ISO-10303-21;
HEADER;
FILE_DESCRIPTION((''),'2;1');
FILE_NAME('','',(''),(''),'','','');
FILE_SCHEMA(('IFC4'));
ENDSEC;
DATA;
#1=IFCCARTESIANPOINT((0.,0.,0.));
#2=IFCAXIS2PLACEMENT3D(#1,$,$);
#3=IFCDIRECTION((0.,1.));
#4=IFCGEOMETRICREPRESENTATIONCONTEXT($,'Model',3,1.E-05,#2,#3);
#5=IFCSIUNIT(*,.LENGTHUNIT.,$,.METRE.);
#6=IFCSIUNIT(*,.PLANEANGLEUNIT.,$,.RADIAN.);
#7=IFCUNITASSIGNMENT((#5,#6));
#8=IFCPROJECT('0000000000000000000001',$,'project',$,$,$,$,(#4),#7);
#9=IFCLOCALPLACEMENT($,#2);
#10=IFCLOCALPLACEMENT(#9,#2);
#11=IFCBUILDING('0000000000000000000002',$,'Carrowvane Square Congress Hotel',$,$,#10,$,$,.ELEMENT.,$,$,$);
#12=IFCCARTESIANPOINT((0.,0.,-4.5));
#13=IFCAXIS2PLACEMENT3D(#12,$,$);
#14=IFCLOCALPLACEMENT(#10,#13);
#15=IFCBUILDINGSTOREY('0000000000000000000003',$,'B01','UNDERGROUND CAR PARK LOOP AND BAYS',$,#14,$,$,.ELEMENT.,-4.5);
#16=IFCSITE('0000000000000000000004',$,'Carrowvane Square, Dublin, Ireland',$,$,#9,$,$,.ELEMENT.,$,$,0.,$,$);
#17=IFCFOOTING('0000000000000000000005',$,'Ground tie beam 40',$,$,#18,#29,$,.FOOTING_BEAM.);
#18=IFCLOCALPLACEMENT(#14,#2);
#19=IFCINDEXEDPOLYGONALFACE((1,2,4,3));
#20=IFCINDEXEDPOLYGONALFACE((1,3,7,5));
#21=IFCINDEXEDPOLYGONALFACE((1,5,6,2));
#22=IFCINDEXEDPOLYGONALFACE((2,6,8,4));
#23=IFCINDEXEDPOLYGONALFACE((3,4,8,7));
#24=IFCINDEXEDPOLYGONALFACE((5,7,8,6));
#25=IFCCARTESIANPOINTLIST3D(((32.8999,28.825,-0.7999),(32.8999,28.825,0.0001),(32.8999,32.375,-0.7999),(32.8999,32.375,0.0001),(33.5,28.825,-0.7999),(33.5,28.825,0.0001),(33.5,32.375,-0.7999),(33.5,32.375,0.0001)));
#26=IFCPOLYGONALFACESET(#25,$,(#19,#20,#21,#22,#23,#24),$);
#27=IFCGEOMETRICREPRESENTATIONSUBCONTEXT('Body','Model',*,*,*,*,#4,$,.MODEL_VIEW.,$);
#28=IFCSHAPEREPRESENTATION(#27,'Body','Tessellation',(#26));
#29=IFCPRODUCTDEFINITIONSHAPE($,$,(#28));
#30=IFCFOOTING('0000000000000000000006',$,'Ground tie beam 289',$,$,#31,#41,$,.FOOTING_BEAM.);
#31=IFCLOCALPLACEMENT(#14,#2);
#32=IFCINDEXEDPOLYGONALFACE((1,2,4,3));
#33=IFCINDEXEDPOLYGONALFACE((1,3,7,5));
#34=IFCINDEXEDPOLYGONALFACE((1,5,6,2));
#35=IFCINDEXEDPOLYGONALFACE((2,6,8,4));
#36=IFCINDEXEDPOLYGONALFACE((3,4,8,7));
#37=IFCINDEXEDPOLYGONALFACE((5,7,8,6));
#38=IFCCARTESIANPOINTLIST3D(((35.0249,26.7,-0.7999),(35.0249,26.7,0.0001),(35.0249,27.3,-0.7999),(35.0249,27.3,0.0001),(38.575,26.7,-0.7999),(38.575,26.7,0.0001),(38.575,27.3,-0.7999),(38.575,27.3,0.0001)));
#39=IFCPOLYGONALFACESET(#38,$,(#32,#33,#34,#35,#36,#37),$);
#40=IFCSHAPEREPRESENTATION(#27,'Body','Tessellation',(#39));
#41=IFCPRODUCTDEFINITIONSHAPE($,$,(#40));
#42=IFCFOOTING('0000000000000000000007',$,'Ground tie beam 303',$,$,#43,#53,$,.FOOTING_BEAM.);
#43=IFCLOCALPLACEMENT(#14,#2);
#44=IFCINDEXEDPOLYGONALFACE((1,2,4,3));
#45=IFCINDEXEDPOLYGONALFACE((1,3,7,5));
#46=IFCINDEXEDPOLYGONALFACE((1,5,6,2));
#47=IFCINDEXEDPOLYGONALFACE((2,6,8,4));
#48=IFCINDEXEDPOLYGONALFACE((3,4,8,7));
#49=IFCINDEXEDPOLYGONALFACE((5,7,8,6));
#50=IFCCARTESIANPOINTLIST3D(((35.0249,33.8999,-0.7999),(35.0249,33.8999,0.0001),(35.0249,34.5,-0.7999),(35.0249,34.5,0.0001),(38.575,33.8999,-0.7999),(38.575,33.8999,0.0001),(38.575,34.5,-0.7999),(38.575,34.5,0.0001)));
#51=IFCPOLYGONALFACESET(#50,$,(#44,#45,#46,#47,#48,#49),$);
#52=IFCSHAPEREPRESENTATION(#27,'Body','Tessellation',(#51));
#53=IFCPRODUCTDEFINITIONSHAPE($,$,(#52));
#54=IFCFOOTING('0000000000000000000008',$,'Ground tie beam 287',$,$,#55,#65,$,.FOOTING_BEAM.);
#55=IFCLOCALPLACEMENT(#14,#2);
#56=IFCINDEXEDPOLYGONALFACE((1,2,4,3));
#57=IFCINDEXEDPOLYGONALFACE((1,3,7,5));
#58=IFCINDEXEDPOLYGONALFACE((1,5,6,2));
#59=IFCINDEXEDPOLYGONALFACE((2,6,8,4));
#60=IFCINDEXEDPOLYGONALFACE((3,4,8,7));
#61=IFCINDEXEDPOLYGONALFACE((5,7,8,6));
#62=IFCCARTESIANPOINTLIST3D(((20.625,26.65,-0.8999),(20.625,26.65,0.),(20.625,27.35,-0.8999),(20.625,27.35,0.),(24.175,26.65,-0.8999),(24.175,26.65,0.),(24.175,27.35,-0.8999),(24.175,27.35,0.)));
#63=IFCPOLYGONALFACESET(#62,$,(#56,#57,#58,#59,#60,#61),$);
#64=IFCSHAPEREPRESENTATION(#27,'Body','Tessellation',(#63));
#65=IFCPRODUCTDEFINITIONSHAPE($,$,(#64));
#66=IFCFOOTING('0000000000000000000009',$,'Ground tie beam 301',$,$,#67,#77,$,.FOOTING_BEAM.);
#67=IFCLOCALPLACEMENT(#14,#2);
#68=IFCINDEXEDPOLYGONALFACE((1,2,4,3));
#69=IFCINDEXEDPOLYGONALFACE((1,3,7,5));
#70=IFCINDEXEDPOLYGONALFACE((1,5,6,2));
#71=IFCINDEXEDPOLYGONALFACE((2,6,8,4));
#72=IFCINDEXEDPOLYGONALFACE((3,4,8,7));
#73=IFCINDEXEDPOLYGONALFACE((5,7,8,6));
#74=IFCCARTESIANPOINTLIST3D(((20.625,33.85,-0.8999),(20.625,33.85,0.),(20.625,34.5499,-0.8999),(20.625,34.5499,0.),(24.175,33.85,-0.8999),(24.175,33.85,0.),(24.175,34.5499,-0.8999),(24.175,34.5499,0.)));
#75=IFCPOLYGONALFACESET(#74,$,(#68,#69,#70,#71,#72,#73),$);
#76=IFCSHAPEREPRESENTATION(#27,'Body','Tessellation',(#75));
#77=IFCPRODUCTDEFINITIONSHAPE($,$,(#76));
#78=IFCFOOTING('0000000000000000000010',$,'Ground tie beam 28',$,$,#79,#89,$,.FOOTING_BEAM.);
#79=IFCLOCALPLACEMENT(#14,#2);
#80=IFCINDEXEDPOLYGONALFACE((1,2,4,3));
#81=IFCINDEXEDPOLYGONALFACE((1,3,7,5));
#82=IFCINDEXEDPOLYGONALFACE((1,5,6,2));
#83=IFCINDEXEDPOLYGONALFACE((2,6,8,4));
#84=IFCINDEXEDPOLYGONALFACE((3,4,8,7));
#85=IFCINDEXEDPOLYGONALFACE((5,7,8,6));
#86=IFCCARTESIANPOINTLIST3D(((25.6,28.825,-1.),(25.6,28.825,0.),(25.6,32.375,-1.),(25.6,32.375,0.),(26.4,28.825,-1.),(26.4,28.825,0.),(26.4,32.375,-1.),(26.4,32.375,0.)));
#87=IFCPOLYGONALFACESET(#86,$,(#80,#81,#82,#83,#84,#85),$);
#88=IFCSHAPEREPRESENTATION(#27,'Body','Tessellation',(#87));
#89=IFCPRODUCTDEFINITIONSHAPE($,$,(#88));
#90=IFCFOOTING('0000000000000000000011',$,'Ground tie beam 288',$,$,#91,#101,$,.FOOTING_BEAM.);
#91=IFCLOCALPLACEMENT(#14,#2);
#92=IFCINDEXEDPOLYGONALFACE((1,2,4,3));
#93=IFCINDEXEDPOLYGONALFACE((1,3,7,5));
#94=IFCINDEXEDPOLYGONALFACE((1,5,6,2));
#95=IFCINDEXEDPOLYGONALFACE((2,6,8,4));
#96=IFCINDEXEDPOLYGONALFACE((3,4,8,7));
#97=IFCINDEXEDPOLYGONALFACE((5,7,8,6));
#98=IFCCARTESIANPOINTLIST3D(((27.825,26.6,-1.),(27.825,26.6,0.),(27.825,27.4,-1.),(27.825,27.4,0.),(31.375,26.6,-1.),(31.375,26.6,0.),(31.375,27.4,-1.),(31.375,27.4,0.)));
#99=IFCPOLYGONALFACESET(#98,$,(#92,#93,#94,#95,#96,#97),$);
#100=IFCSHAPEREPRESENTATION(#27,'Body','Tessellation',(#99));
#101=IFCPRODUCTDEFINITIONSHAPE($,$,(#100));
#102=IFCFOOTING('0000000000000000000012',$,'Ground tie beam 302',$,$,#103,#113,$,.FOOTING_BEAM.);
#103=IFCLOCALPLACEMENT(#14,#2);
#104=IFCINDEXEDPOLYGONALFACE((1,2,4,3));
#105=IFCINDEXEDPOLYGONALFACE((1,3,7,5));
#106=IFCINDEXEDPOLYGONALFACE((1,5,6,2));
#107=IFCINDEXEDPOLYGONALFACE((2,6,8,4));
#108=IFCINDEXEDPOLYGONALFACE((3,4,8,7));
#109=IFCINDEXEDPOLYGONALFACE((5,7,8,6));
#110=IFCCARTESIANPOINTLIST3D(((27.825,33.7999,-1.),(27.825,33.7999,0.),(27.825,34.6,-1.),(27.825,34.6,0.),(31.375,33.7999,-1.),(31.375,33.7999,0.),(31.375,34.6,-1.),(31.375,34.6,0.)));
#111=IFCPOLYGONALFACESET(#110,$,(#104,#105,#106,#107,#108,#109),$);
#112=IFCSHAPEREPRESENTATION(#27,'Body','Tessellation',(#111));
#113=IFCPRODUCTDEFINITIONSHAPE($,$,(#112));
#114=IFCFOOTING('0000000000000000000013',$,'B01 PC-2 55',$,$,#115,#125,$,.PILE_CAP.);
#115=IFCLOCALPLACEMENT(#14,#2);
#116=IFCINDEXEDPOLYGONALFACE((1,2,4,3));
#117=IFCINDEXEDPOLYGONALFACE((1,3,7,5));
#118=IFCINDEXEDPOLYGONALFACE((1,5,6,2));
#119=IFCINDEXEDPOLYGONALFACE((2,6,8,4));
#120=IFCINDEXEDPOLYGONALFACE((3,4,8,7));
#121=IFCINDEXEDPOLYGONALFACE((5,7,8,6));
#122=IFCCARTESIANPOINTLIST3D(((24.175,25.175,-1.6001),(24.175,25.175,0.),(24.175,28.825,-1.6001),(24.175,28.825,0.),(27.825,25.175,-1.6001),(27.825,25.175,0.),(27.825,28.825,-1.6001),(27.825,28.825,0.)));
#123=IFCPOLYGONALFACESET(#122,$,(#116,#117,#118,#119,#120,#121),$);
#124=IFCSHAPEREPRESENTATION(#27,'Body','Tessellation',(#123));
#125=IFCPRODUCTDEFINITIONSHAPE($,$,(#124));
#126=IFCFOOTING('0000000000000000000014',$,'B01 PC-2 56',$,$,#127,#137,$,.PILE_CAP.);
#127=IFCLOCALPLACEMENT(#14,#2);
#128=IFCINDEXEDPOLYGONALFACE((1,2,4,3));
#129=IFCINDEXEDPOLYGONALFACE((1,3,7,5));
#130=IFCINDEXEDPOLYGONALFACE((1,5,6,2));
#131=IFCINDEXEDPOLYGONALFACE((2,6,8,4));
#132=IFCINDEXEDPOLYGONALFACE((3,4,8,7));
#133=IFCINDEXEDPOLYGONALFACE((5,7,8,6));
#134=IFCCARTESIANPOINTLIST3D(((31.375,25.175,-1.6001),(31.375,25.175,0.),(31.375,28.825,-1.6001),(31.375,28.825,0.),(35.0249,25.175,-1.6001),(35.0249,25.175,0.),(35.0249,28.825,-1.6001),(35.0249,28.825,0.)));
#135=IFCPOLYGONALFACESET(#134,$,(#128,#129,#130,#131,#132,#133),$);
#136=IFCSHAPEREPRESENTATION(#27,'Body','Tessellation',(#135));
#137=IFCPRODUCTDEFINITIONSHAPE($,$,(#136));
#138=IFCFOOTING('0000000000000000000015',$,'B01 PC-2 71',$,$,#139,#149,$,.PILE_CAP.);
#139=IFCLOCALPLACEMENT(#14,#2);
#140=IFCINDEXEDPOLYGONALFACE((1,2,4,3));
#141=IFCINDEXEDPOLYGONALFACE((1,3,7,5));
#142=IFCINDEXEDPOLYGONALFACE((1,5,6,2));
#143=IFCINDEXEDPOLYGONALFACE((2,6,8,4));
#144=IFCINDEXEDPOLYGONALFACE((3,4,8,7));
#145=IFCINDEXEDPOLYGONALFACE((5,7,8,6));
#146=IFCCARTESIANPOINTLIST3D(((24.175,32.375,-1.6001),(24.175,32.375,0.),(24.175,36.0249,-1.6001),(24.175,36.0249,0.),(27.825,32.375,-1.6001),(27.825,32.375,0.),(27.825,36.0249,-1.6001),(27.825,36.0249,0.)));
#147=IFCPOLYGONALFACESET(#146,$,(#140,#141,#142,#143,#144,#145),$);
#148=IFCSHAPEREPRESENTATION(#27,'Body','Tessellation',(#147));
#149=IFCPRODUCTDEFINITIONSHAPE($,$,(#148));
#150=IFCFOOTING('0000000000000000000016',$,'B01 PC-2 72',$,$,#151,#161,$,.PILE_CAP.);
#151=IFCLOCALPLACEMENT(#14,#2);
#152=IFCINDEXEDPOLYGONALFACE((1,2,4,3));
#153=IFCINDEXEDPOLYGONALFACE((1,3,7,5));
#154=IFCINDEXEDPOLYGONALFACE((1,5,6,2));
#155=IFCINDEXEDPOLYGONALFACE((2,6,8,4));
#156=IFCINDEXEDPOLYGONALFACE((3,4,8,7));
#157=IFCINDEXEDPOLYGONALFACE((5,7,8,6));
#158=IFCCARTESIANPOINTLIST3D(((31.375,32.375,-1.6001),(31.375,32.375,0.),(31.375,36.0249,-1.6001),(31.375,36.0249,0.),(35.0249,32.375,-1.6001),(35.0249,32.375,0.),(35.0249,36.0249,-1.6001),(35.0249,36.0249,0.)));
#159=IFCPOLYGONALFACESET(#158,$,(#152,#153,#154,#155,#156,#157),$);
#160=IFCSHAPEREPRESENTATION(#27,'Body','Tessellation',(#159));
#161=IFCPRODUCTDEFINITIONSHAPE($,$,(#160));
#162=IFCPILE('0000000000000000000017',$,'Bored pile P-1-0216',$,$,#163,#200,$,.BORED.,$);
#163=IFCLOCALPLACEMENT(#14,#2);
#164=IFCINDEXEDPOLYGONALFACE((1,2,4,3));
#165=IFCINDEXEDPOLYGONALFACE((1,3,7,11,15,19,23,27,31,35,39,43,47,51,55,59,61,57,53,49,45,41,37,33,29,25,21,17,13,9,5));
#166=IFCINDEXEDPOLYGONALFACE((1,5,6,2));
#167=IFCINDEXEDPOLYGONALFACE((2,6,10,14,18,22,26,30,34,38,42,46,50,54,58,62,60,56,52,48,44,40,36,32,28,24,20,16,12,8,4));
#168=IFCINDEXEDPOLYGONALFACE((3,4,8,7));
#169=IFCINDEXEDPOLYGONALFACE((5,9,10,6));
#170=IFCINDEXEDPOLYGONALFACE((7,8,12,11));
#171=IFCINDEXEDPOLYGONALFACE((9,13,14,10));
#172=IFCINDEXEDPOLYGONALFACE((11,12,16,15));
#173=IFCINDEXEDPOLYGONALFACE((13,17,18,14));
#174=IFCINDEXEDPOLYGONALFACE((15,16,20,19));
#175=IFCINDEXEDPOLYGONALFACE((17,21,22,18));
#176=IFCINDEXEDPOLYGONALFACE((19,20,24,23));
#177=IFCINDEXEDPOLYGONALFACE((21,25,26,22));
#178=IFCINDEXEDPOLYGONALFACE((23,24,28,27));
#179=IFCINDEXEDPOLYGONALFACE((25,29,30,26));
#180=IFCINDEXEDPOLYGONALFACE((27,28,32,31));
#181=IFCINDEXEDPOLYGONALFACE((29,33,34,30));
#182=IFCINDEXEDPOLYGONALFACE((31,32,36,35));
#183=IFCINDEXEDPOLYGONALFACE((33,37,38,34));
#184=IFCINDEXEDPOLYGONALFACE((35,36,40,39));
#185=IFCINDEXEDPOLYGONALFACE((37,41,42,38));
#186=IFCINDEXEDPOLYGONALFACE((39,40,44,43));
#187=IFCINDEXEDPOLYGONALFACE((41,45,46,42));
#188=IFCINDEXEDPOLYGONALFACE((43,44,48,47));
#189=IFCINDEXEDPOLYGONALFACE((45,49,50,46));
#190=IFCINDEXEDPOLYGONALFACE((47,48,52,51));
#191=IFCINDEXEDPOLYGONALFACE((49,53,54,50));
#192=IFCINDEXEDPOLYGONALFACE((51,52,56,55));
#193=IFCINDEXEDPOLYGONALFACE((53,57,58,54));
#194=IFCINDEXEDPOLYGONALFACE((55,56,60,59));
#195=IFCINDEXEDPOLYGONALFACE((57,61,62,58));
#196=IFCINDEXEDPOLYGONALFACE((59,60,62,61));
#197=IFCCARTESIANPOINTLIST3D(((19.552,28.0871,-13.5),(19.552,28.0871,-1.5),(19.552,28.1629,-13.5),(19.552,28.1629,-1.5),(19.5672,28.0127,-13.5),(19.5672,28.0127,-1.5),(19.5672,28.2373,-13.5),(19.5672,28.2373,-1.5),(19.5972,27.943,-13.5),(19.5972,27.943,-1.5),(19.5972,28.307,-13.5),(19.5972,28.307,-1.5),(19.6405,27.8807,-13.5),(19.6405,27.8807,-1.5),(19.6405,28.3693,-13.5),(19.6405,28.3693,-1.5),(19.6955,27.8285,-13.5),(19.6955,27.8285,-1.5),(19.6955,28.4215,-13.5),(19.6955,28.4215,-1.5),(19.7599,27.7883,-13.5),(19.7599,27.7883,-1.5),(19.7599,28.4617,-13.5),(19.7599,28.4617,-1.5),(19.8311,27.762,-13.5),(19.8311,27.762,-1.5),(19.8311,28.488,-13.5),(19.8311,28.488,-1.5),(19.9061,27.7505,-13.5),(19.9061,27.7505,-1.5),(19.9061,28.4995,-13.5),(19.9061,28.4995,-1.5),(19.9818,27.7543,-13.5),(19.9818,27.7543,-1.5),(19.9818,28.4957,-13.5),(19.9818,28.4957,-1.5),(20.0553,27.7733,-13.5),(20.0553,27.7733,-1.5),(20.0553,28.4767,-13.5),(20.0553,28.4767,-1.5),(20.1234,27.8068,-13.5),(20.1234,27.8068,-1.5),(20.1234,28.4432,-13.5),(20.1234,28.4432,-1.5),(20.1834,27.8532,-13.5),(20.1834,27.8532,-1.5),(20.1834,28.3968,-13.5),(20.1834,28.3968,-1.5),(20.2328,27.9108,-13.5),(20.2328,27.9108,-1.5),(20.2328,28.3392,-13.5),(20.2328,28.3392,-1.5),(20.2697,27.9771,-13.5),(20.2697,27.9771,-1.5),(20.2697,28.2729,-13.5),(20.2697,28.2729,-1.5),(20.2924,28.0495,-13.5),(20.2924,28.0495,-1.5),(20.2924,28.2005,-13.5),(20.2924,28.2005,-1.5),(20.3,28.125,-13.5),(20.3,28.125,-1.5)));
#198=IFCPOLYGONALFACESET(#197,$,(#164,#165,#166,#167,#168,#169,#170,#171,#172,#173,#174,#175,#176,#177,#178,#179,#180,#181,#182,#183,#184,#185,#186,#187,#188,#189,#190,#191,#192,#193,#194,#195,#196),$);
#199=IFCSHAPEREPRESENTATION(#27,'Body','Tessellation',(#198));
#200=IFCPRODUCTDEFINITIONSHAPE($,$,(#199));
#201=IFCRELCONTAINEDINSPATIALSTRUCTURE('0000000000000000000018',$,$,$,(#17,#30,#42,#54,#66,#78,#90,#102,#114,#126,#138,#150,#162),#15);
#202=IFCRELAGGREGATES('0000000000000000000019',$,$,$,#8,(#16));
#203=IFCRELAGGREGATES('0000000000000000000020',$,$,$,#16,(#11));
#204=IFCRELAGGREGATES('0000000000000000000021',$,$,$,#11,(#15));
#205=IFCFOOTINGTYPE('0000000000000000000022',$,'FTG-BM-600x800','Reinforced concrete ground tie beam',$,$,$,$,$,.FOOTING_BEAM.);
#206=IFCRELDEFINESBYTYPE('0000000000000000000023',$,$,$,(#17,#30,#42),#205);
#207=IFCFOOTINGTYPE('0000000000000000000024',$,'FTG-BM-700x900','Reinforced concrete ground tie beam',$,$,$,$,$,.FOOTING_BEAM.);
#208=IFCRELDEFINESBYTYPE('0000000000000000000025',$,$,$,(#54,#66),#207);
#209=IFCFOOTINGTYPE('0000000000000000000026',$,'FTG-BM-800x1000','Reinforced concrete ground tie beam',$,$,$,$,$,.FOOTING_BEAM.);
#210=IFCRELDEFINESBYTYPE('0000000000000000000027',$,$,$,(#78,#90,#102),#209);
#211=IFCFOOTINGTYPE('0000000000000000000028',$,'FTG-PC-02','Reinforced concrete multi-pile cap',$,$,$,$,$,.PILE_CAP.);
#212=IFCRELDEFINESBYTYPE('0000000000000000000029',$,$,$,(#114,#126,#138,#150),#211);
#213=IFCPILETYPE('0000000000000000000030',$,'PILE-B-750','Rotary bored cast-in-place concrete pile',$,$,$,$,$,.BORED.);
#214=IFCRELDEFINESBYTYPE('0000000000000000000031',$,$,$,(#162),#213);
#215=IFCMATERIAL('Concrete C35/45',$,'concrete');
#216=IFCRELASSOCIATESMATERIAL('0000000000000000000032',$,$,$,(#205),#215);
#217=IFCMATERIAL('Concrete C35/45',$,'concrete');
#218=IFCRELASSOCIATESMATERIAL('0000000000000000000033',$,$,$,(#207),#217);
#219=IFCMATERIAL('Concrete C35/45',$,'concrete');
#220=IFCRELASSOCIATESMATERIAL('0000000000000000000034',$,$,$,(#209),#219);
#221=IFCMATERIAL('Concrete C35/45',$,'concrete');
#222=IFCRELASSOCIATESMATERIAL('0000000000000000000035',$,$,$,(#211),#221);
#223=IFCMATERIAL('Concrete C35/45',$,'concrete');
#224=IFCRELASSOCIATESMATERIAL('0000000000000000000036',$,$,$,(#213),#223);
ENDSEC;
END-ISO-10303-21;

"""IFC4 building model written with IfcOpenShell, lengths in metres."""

from ifc_helpers import new_model, si_unit, direction, frame, origin, origin_2d, place, context, subcontext, project, spatial, rectangle, circle, extrude, material, material_profile, profile_set, type_object, element, save


model = new_model("IFC4")

# Units and contexts
model_context = context("Model", 3, precision=1e-05, world=origin(), true_north=direction((0.0, 1.0)))
body_context = subcontext(model_context, "Body", "Model", "MODEL_VIEW")
ifc_project = project(units=[si_unit("LENGTHUNIT", "METRE"), si_unit("PLANEANGLEUNIT", "RADIAN")], contexts=[model_context])

# Site, building, storey
site_placement = place(None, origin())
site = spatial("IfcSite", under=ifc_project, at=site_placement, Name="Carrowvane Square, Dublin, Ireland", CompositionType="ELEMENT", RefElevation=0.0)
building_placement = place(site_placement, origin())
building = spatial("IfcBuilding", under=site, at=building_placement, Name="Carrowvane Square Congress Hotel", CompositionType="ELEMENT")
storey_placement = place(building_placement, frame((0.0, 0.0, -4.5)))
storey = spatial("IfcBuildingStorey", under=building, at=storey_placement, Name="B01", Description="UNDERGROUND CAR PARK LOOP AND BAYS", CompositionType="ELEMENT", Elevation=-4.5)

# Footings
ifc_material_1 = material(Name="Concrete C35/45", Category="concrete")
ifc_material_profile_1 = material_profile(ifc_material_1, rectangle(XDim=0.6001, YDim=0.8, at=origin_2d()), Name="RC 600x800")
ifc_profile_set_1 = profile_set([ifc_material_profile_1], Name="Concrete C35/45")
footing_type_1 = type_object("IfcFootingType", Name="FTG-BM-600x800", Description="Reinforced concrete ground tie beam", PredefinedType="FOOTING_BEAM", material=ifc_profile_set_1)
for number, where, z_axis, x_axis, name in (
    (1, (33.2, 28.825, -0.3999), (0.0, 1.0, 0.0), (-1.0, 0.0, 0.0), "Ground tie beam 40"),
    (2, (35.0249, 27.0, -0.3999), (1.0, 0.0, 0.0), (0.0, 1.0, 0.0), "Ground tie beam 289"),
    (3, (35.0249, 34.2, -0.3999), (1.0, 0.0, 0.0), (0.0, 1.0, 0.0), "Ground tie beam 303"),
):
    element("IfcFooting", number, at=place(storey_placement, frame(where, z_axis=z_axis, x_axis=x_axis)), inside=storey, type_object=footing_type_1, Name=name, PredefinedType="FOOTING_BEAM", context=body_context, shape_type="SweptSolid", body=[
        extrude(rectangle(XDim=0.6001, YDim=0.8, at=origin_2d()), origin(), (0.0, 0.0, 1.0), 3.55),
    ])
ifc_material_2 = material(Name="Concrete C35/45", Category="concrete")
ifc_material_profile_2 = material_profile(ifc_material_2, rectangle(XDim=0.7, YDim=0.8999, at=origin_2d()), Name="RC 700x900")
ifc_profile_set_2 = profile_set([ifc_material_profile_2], Name="Concrete C35/45")
footing_type_2 = type_object("IfcFootingType", Name="FTG-BM-700x900", Description="Reinforced concrete ground tie beam", PredefinedType="FOOTING_BEAM", material=ifc_profile_set_2)
for number, where, z_axis, x_axis, name in (
    (4, (20.625, 27.0, -0.45), (1.0, 0.0, 0.0), (0.0, 1.0, 0.0), "Ground tie beam 287"),
    (5, (20.625, 34.2, -0.45), (1.0, 0.0, 0.0), (0.0, 1.0, 0.0), "Ground tie beam 301"),
):
    element("IfcFooting", number, at=place(storey_placement, frame(where, z_axis=z_axis, x_axis=x_axis)), inside=storey, type_object=footing_type_2, Name=name, PredefinedType="FOOTING_BEAM", context=body_context, shape_type="SweptSolid", body=[
        extrude(rectangle(XDim=0.7, YDim=0.8999, at=origin_2d()), origin(), (0.0, 0.0, 1.0), 3.55),
    ])
ifc_material_3 = material(Name="Concrete C35/45", Category="concrete")
ifc_material_profile_3 = material_profile(ifc_material_3, rectangle(XDim=0.8, YDim=1.0, at=origin_2d()), Name="RC 800x1000")
ifc_profile_set_3 = profile_set([ifc_material_profile_3], Name="Concrete C35/45")
footing_type_3 = type_object("IfcFootingType", Name="FTG-BM-800x1000", Description="Reinforced concrete ground tie beam", PredefinedType="FOOTING_BEAM", material=ifc_profile_set_3)
for number, where, z_axis, x_axis, name in (
    (6, (26.0, 28.825, -0.5), (0.0, 1.0, 0.0), (-1.0, 0.0, 0.0), "Ground tie beam 28"),
    (7, (27.825, 27.0, -0.5), (1.0, 0.0, 0.0), (0.0, 1.0, 0.0), "Ground tie beam 288"),
    (8, (27.825, 34.2, -0.5), (1.0, 0.0, 0.0), (0.0, 1.0, 0.0), "Ground tie beam 302"),
):
    element("IfcFooting", number, at=place(storey_placement, frame(where, z_axis=z_axis, x_axis=x_axis)), inside=storey, type_object=footing_type_3, Name=name, PredefinedType="FOOTING_BEAM", context=body_context, shape_type="SweptSolid", body=[
        extrude(rectangle(XDim=0.8, YDim=1.0, at=origin_2d()), origin(), (0.0, 0.0, 1.0), 3.55),
    ])
ifc_material_4 = material(Name="Concrete C35/45", Category="concrete")
footing_type_4 = type_object("IfcFootingType", Name="FTG-PC-02", Description="Reinforced concrete multi-pile cap", PredefinedType="PILE_CAP", material=ifc_material_4)
for number, where, z_axis, x_axis, name in (
    (9, (26.0, 27.0, -1.6001), (0.0, 0.0, 1.0), (1.0, 0.0, 0.0), "B01 PC-2 55"),
    (10, (33.2, 27.0, -1.6001), (0.0, 0.0, 1.0), (1.0, 0.0, 0.0), "B01 PC-2 56"),
    (11, (26.0, 34.2, -1.6001), (0.0, 0.0, 1.0), (1.0, 0.0, 0.0), "B01 PC-2 71"),
    (12, (33.2, 34.2, -1.6001), (0.0, 0.0, 1.0), (1.0, 0.0, 0.0), "B01 PC-2 72"),
):
    element("IfcFooting", number, at=place(storey_placement, frame(where, z_axis=z_axis, x_axis=x_axis)), inside=storey, type_object=footing_type_4, Name=name, PredefinedType="PILE_CAP", context=body_context, shape_type="SweptSolid", body=[
        extrude(rectangle(XDim=3.6499, YDim=3.6499, at=origin_2d()), origin(), (0.0, 0.0, 1.0), 1.6001),
    ])

# Pile
ifc_material_5 = material(Name="Concrete C35/45", Category="concrete")
ifc_material_profile_4 = material_profile(ifc_material_5, circle(Radius=0.375, at=origin_2d()), Name="PILE D750")
ifc_profile_set_4 = profile_set([ifc_material_profile_4], Name="Concrete C35/45")
pile_type = type_object("IfcPileType", Name="PILE-B-750", Description="Rotary bored cast-in-place concrete pile", PredefinedType="BORED", material=ifc_profile_set_4)
for number, where, z_axis, x_axis, name in (
    (13, (19.925, 28.125, -1.5), (0.0, 0.0, -1.0), (1.0, 0.0, 0.0), "Bored pile P-1-0216"),
):
    element("IfcPile", number, at=place(storey_placement, frame(where, z_axis=z_axis, x_axis=x_axis)), inside=storey, type_object=pile_type, Name=name, PredefinedType="BORED", context=body_context, shape_type="SweptSolid", body=[
        extrude(circle(Radius=0.375, at=origin_2d()), origin(), (0.0, 0.0, 1.0), 12.0),
    ])

save(model, "model.ifc")
